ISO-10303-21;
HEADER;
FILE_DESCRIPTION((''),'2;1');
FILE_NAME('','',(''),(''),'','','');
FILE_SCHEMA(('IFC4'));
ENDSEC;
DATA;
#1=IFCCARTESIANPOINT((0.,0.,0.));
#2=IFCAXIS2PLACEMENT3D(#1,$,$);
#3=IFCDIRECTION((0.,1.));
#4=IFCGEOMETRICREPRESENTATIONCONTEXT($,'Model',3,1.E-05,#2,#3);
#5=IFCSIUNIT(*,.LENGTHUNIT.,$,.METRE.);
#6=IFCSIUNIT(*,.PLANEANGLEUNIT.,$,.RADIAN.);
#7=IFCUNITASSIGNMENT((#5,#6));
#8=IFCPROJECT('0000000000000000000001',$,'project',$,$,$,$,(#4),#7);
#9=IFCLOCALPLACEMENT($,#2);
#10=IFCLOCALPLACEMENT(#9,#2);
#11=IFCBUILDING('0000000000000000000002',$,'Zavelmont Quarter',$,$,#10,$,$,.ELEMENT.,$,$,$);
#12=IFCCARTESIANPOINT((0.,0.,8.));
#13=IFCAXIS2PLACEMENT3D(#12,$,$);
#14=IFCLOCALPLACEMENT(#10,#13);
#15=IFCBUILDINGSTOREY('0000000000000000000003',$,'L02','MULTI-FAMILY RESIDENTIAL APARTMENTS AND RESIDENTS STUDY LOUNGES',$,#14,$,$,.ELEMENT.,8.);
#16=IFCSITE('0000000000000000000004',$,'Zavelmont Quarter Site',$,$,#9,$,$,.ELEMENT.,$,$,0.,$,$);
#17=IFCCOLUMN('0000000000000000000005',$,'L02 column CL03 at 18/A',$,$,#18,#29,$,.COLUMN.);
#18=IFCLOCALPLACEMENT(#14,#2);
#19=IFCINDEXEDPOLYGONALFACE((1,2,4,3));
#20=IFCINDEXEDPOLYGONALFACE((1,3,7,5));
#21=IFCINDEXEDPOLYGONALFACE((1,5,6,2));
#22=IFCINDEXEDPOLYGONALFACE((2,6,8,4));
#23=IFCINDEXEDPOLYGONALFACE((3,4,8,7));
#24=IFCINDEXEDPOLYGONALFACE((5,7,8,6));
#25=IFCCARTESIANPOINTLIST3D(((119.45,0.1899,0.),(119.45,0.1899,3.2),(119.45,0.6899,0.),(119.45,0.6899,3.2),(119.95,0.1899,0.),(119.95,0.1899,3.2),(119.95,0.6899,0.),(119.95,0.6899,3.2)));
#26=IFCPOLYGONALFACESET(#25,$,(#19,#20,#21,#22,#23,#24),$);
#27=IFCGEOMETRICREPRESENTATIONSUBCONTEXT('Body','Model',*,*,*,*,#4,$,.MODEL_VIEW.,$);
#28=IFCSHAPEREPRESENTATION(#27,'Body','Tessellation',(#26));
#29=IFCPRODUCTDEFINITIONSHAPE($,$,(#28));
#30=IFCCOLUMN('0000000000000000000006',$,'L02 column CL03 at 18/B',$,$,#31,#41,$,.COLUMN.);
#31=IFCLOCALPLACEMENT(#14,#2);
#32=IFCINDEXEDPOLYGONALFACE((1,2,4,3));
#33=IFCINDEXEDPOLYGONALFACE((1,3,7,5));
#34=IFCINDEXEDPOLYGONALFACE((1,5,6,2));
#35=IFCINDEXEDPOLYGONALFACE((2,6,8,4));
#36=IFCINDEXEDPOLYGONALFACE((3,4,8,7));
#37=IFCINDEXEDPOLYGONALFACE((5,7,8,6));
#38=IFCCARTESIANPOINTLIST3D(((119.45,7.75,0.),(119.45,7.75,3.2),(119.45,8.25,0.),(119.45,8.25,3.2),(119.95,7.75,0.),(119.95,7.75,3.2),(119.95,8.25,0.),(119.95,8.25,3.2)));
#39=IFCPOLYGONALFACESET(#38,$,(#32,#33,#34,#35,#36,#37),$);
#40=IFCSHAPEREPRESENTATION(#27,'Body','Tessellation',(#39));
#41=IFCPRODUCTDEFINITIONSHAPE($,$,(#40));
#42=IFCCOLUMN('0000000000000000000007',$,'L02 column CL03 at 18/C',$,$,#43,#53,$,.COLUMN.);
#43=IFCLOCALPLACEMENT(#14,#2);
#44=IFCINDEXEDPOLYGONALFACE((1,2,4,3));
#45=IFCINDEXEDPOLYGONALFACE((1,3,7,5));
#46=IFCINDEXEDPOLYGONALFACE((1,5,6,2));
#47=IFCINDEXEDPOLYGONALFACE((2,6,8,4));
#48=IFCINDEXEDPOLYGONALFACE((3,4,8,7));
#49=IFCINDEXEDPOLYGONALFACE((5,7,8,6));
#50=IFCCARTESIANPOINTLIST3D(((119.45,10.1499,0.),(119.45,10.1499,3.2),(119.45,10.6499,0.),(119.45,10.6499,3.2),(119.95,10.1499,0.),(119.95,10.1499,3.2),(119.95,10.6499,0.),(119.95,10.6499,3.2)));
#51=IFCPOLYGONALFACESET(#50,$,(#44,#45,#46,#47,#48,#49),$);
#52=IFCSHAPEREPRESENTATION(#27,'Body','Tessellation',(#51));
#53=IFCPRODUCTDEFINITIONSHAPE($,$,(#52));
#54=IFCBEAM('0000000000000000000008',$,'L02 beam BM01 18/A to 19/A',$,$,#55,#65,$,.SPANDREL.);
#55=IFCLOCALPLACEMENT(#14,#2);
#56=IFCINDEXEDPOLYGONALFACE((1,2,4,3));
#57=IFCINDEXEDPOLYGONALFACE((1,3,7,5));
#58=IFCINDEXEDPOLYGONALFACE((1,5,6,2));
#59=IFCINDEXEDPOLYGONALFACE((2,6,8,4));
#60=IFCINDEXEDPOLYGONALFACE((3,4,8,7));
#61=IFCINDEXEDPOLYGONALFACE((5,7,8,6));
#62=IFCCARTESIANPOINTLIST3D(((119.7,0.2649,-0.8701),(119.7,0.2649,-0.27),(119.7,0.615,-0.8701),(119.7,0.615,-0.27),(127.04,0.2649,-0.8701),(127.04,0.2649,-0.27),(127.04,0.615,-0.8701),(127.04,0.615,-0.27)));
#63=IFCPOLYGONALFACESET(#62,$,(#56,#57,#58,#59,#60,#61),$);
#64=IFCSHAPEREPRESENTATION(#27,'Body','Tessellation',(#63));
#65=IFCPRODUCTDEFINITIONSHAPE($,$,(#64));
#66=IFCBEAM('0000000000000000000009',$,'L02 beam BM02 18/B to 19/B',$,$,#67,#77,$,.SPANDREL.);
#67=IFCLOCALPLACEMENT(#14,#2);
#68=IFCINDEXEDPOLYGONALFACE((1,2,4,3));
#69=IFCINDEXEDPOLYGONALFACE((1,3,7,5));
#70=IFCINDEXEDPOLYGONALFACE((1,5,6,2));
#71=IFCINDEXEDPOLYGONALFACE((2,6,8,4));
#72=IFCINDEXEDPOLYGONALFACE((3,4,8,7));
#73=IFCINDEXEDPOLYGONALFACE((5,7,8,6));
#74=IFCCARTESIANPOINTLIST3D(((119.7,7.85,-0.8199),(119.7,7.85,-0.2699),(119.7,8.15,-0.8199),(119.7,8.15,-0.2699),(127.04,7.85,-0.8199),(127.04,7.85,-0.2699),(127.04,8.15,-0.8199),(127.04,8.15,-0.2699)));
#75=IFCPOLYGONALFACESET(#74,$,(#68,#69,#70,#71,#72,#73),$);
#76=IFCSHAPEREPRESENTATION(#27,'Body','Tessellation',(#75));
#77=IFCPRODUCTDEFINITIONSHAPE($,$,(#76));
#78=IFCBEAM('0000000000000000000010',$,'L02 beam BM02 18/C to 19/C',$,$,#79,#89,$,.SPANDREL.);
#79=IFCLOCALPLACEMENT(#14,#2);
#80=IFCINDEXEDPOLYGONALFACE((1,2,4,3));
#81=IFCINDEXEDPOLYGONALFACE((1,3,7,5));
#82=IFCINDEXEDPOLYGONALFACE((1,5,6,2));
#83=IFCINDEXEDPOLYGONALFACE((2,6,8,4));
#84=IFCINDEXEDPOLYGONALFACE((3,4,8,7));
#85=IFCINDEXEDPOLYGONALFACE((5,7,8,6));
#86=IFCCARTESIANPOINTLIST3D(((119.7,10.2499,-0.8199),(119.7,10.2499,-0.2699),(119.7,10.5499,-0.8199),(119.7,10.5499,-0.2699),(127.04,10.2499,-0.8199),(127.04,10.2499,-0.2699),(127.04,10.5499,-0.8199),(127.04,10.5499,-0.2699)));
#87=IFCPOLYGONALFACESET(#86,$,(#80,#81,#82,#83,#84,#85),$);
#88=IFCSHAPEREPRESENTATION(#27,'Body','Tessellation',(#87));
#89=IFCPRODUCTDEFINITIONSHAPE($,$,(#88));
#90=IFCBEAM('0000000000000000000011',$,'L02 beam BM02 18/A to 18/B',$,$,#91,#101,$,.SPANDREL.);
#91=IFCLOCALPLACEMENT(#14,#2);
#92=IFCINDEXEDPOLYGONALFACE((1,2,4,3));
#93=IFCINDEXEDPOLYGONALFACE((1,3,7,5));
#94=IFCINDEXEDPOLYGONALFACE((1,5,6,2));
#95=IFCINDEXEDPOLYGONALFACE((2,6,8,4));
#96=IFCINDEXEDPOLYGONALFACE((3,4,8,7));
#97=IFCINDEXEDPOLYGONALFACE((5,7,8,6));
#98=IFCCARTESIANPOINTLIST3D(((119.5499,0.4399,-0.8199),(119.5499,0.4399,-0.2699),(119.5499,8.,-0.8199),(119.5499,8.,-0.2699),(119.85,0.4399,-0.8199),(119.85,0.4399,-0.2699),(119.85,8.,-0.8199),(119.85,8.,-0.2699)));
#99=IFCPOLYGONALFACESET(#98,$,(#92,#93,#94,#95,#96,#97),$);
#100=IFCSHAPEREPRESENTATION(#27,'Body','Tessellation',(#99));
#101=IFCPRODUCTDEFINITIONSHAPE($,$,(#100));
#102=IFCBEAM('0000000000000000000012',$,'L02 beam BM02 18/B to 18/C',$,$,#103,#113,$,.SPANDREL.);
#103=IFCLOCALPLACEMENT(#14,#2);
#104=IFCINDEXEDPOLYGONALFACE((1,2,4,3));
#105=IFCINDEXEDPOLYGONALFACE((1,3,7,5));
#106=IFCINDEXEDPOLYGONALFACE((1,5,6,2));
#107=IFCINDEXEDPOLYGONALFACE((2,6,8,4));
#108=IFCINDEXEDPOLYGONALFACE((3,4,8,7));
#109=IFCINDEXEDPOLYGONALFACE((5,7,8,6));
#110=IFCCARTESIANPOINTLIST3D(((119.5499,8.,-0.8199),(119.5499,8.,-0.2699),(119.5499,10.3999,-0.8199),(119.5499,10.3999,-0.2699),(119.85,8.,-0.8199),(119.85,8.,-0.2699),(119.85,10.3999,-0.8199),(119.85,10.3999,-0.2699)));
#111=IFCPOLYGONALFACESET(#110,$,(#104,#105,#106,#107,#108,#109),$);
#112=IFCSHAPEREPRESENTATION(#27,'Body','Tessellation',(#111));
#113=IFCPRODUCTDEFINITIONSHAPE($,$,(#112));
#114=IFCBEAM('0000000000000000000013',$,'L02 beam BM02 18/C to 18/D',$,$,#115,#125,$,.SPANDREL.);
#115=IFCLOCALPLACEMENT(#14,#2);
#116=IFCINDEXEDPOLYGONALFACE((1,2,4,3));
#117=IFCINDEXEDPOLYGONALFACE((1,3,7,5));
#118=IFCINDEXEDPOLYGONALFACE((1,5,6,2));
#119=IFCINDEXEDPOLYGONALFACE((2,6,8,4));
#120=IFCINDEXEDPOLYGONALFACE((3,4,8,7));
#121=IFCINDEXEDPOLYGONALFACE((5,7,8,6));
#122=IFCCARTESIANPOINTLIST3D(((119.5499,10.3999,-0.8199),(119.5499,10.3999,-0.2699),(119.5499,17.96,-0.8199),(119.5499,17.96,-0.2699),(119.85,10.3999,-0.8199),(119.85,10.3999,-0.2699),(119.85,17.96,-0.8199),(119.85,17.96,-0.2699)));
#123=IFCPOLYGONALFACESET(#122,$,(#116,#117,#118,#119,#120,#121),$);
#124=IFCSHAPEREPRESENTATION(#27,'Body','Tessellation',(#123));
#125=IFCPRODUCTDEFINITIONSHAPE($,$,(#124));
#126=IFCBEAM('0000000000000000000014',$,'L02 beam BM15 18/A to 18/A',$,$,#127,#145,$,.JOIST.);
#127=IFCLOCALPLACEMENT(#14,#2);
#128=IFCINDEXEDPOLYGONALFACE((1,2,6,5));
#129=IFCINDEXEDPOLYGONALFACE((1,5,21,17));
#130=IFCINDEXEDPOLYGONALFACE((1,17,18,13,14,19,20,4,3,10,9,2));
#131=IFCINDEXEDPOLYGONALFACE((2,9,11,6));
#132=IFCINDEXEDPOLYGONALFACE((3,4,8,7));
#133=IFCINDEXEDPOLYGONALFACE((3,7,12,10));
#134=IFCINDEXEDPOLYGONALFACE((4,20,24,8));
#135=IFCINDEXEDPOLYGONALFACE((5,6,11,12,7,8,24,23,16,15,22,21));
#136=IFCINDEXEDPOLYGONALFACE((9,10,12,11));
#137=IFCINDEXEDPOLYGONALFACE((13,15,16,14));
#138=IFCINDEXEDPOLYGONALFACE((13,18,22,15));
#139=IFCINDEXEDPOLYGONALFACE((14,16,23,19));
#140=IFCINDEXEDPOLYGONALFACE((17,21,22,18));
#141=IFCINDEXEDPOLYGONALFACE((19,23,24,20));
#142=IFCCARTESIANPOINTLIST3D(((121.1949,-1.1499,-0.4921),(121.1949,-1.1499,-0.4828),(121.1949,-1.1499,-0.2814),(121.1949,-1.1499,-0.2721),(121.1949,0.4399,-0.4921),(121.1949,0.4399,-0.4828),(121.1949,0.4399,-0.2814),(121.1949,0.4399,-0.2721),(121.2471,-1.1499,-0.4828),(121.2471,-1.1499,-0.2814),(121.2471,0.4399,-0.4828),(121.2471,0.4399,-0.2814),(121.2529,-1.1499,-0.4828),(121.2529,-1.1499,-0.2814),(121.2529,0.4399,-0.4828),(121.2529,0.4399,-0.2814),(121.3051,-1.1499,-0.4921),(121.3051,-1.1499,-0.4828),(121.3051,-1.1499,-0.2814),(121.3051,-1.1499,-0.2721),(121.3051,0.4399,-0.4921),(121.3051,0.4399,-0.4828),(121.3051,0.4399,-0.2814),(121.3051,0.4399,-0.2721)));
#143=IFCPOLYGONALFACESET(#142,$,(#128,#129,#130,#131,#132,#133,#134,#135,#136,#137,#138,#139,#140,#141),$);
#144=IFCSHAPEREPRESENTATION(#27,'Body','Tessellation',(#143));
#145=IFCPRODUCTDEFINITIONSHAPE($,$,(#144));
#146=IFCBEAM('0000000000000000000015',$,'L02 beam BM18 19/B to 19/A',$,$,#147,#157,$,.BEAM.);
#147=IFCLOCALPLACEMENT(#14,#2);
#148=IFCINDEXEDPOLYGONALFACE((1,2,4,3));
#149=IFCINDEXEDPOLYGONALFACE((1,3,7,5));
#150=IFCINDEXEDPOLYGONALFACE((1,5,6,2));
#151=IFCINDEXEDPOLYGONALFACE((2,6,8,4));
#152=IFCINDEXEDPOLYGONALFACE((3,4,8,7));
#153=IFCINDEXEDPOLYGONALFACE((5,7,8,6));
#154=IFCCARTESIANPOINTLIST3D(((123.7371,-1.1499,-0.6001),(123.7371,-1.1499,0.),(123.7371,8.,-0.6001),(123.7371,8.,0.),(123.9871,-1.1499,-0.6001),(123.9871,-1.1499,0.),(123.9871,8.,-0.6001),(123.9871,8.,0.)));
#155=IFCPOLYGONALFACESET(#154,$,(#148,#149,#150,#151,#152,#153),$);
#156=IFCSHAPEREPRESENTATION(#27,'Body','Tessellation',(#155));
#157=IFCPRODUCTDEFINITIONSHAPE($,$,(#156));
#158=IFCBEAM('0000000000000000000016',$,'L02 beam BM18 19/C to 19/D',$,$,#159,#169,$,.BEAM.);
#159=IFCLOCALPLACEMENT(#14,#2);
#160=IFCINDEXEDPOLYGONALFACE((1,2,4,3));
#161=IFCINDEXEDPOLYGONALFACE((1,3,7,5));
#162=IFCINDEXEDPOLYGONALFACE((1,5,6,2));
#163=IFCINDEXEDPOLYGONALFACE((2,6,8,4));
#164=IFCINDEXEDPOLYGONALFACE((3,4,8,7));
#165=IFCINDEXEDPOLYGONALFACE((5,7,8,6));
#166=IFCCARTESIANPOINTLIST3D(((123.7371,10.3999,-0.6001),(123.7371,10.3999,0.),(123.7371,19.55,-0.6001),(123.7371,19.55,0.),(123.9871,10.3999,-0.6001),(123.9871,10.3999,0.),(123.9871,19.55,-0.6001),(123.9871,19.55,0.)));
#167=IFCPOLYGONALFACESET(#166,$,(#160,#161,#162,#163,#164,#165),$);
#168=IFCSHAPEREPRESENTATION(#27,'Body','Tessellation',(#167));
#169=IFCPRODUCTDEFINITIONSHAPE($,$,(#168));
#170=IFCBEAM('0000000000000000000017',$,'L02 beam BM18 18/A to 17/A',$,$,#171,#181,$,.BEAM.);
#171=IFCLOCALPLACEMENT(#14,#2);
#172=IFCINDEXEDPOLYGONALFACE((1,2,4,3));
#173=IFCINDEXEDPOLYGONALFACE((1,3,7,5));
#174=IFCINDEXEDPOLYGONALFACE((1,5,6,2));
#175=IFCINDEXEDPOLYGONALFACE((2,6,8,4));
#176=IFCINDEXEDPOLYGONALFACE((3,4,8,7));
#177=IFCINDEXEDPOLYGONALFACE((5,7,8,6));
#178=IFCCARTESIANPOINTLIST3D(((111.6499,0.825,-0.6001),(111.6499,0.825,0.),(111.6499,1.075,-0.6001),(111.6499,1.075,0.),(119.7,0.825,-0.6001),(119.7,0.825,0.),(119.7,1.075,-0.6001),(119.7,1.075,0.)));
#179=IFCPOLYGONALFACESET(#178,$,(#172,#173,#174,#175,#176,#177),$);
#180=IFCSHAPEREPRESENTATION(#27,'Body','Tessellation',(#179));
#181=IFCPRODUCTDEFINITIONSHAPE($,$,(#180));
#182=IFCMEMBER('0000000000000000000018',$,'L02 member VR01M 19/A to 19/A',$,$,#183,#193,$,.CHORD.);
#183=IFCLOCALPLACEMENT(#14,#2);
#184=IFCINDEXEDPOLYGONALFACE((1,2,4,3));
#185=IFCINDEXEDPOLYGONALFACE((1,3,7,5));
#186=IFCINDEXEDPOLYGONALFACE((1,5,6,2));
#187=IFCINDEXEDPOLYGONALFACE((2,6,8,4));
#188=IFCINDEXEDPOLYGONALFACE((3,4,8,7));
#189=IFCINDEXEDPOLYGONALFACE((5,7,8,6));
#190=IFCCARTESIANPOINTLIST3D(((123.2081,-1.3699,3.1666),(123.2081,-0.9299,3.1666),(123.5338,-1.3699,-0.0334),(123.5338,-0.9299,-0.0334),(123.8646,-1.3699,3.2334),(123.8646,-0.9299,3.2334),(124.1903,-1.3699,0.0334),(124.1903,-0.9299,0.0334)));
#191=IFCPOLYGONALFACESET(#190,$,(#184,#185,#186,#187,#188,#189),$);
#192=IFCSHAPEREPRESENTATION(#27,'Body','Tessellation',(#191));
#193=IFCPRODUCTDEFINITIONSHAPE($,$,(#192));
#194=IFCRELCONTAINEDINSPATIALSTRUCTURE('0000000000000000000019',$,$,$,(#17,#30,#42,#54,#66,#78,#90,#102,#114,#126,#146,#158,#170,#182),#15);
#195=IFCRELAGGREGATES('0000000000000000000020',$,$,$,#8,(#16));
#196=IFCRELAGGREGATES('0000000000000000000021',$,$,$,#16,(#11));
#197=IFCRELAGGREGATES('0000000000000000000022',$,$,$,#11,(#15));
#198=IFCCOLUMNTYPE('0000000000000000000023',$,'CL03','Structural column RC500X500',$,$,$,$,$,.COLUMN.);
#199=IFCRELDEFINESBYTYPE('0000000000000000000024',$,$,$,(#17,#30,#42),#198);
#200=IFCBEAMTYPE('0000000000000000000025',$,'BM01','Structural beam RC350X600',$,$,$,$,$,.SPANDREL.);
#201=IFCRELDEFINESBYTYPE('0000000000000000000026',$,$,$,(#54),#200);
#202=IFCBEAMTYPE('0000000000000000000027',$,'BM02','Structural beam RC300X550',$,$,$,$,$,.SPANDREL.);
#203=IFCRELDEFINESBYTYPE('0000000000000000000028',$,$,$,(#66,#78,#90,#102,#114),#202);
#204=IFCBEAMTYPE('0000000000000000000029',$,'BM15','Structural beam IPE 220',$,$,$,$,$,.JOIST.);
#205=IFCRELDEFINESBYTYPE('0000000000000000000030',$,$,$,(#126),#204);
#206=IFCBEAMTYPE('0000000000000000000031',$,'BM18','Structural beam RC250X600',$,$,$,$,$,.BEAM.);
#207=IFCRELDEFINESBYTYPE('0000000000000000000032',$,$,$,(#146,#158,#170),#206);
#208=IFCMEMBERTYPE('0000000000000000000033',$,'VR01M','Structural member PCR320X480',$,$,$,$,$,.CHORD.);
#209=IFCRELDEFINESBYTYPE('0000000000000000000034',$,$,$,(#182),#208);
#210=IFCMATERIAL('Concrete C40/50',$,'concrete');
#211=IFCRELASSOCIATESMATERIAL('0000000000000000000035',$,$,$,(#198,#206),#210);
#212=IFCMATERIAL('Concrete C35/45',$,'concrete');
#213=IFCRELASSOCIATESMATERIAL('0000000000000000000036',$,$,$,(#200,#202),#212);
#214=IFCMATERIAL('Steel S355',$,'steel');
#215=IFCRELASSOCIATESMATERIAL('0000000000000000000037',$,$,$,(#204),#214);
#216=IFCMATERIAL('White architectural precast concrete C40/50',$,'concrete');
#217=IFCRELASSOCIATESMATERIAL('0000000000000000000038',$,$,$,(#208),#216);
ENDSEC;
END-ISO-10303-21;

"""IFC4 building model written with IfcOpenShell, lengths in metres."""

from ifc_helpers import new_model, si_unit, direction, frame, origin, origin_2d, place, context, subcontext, project, spatial, rectangle, i_section, extrude, material, material_profile, profile_set, type_object, element, save


model = new_model("IFC4")

# Units and contexts
model_context = context("Model", 3, precision=1e-05, world=origin(), true_north=direction((0.0, 1.0)))
body_context = subcontext(model_context, "Body", "Model", "MODEL_VIEW")
ifc_project = project(units=[si_unit("LENGTHUNIT", "METRE"), si_unit("PLANEANGLEUNIT", "RADIAN")], contexts=[model_context])

# Site, building, storey
site_placement = place(None, origin())
site = spatial("IfcSite", under=ifc_project, at=site_placement, Name="Zavelmont Quarter Site", CompositionType="ELEMENT", RefElevation=0.0)
building_placement = place(site_placement, origin())
building = spatial("IfcBuilding", under=site, at=building_placement, Name="Zavelmont Quarter", CompositionType="ELEMENT")
storey_placement = place(building_placement, frame((0.0, 0.0, 8.0)))
storey = spatial("IfcBuildingStorey", under=building, at=storey_placement, Name="L02", Description="MULTI-FAMILY RESIDENTIAL APARTMENTS AND RESIDENTS STUDY LOUNGES", CompositionType="ELEMENT", Elevation=8.0)

# Columns
ifc_material_1 = material(Name="Concrete C40/50", Category="concrete")
ifc_material_profile_1 = material_profile(ifc_material_1, rectangle(XDim=0.5, YDim=0.5, at=origin_2d()), Name="RC500X500")
ifc_profile_set_1 = profile_set([ifc_material_profile_1], Name="Concrete C40/50")
column_type = type_object("IfcColumnType", Name="CL03", Description="Structural column RC500X500", PredefinedType="COLUMN", material=ifc_profile_set_1)
for number, where, z_axis, x_axis, name in (
    (1, (119.7, 0.4399, 0.0), (0.0, 0.0, 1.0), (1.0, 0.0, 0.0), "L02 column CL03 at 18/A"),
    (2, (119.7, 8.0, 0.0), (0.0, 0.0, 1.0), (1.0, 0.0, 0.0), "L02 column CL03 at 18/B"),
    (3, (119.7, 10.3999, 0.0), (0.0, 0.0, 1.0), (1.0, 0.0, 0.0), "L02 column CL03 at 18/C"),
):
    element("IfcColumn", number, at=place(storey_placement, frame(where, z_axis=z_axis, x_axis=x_axis)), inside=storey, type_object=column_type, Name=name, PredefinedType="COLUMN", context=body_context, shape_type="SweptSolid", body=[
        extrude(rectangle(XDim=0.5, YDim=0.5, at=origin_2d()), origin(), (0.0, 0.0, 1.0), 3.2),
    ])

# Beams
ifc_material_2 = material(Name="Concrete C35/45", Category="concrete")
ifc_material_profile_2 = material_profile(ifc_material_2, rectangle(XDim=0.3501, YDim=0.6001, at=origin_2d()), Name="RC350X600")
ifc_profile_set_2 = profile_set([ifc_material_profile_2], Name="Concrete C35/45")
beam_type_1 = type_object("IfcBeamType", Name="BM01", Description="Structural beam RC350X600", PredefinedType="SPANDREL", material=ifc_profile_set_2)
beam_1_placement = place(storey_placement, frame((119.7, 0.4399, -0.5701), z_axis=(1.0, 0.0, 0.0), x_axis=(0.0, 1.0, 0.0)))
element("IfcBeam", 4, at=beam_1_placement, inside=storey, type_object=beam_type_1, Name="L02 beam BM01 18/A to 19/A", PredefinedType="SPANDREL", context=body_context, shape_type="SweptSolid", body=[
    extrude(rectangle(XDim=0.3501, YDim=0.6001, at=origin_2d()), origin(), (0.0, 0.0, 1.0), 7.3401),
])
ifc_material_profile_3 = material_profile(ifc_material_2, rectangle(XDim=0.3, YDim=0.55, at=origin_2d()), Name="RC300X550")
ifc_profile_set_3 = profile_set([ifc_material_profile_3], Name="Concrete C35/45")
beam_type_2 = type_object("IfcBeamType", Name="BM02", Description="Structural beam RC300X550", PredefinedType="SPANDREL", material=ifc_profile_set_3)
for number, where, z_axis, x_axis, name in (
    (5, (119.7, 8.0, -0.5449), (1.0, 0.0, 0.0), (0.0, 1.0, 0.0), "L02 beam BM02 18/B to 19/B"),
    (6, (119.7, 10.3999, -0.5449), (1.0, 0.0, 0.0), (0.0, 1.0, 0.0), "L02 beam BM02 18/C to 19/C"),
):
    element("IfcBeam", number, at=place(storey_placement, frame(where, z_axis=z_axis, x_axis=x_axis)), inside=storey, type_object=beam_type_2, Name=name, PredefinedType="SPANDREL", context=body_context, shape_type="SweptSolid", body=[
        extrude(rectangle(XDim=0.3, YDim=0.55, at=origin_2d()), origin(), (0.0, 0.0, 1.0), 7.3401),
    ])
beam_2_placement = place(storey_placement, frame((119.7, 0.4399, -0.5449), z_axis=(0.0, 1.0, 0.0), x_axis=(-1.0, 0.0, 0.0)))
element("IfcBeam", 7, at=beam_2_placement, inside=storey, type_object=beam_type_2, Name="L02 beam BM02 18/A to 18/B", PredefinedType="SPANDREL", context=body_context, shape_type="SweptSolid", body=[
    extrude(rectangle(XDim=0.3, YDim=0.55, at=origin_2d()), origin(), (0.0, 0.0, 1.0), 7.5601),
])
beam_3_placement = place(storey_placement, frame((119.7, 8.0, -0.5449), z_axis=(0.0, 1.0, 0.0), x_axis=(-1.0, 0.0, 0.0)))
element("IfcBeam", 8, at=beam_3_placement, inside=storey, type_object=beam_type_2, Name="L02 beam BM02 18/B to 18/C", PredefinedType="SPANDREL", context=body_context, shape_type="SweptSolid", body=[
    extrude(rectangle(XDim=0.3, YDim=0.55, at=origin_2d()), origin(), (0.0, 0.0, 1.0), 2.3999),
])
beam_4_placement = place(storey_placement, frame((119.7, 10.3999, -0.5449), z_axis=(0.0, 1.0, 0.0), x_axis=(-1.0, 0.0, 0.0)))
element("IfcBeam", 9, at=beam_4_placement, inside=storey, type_object=beam_type_2, Name="L02 beam BM02 18/C to 18/D", PredefinedType="SPANDREL", context=body_context, shape_type="SweptSolid", body=[
    extrude(rectangle(XDim=0.3, YDim=0.55, at=origin_2d()), origin(), (0.0, 0.0, 1.0), 7.5601),
])
ifc_material_3 = material(Name="Steel S355", Category="steel")
ifc_material_profile_4 = material_profile(ifc_material_3, i_section(OverallWidth=0.1101, OverallDepth=0.22, WebThickness=0.0059, FlangeThickness=0.0093, at=origin_2d()), Name="IPE 220")
ifc_profile_set_4 = profile_set([ifc_material_profile_4], Name="Steel S355")
beam_type_3 = type_object("IfcBeamType", Name="BM15", Description="Structural beam IPE 220", PredefinedType="JOIST", material=ifc_profile_set_4)
beam_5_placement = place(storey_placement, frame((121.25, 0.4399, -0.3821), z_axis=(0.0, -1.0, 0.0), x_axis=(1.0, 0.0, 0.0)))
element("IfcBeam", 10, at=beam_5_placement, inside=storey, type_object=beam_type_3, Name="L02 beam BM15 18/A to 18/A", PredefinedType="JOIST", context=body_context, shape_type="SweptSolid", body=[
    extrude(i_section(OverallWidth=0.1101, OverallDepth=0.22, WebThickness=0.0059, FlangeThickness=0.0093, at=origin_2d()), origin(), (0.0, 0.0, 1.0), 1.5898),
])
ifc_material_profile_5 = material_profile(ifc_material_1, rectangle(XDim=0.25, YDim=0.6001, at=origin_2d()), Name="RC250X600")
ifc_profile_set_5 = profile_set([ifc_material_profile_5], Name="Concrete C40/50")
beam_type_4 = type_object("IfcBeamType", Name="BM18", Description="Structural beam RC250X600", PredefinedType="BEAM", material=ifc_profile_set_5)
beam_6_placement = place(storey_placement, frame((123.8621, 8.0, -0.3), z_axis=(0.0, -1.0, 0.0), x_axis=(1.0, 0.0, 0.0)))
element("IfcBeam", 11, at=beam_6_placement, inside=storey, type_object=beam_type_4, Name="L02 beam BM18 19/B to 19/A", PredefinedType="BEAM", context=body_context, shape_type="SweptSolid", body=[
    extrude(rectangle(XDim=0.25, YDim=0.6001, at=origin_2d()), origin(), (0.0, 0.0, 1.0), 9.1499),
])
beam_7_placement = place(storey_placement, frame((123.8621, 10.3999, -0.3), z_axis=(0.0, 1.0, 0.0), x_axis=(-1.0, 0.0, 0.0)))
element("IfcBeam", 12, at=beam_7_placement, inside=storey, type_object=beam_type_4, Name="L02 beam BM18 19/C to 19/D", PredefinedType="BEAM", context=body_context, shape_type="SweptSolid", body=[
    extrude(rectangle(XDim=0.25, YDim=0.6001, at=origin_2d()), origin(), (0.0, 0.0, 1.0), 9.1501),
])
beam_8_placement = place(storey_placement, frame((119.7, 0.95, -0.3), z_axis=(-1.0, 0.0, 0.0), x_axis=(0.0, -1.0, 0.0)))
element("IfcBeam", 13, at=beam_8_placement, inside=storey, type_object=beam_type_4, Name="L02 beam BM18 18/A to 17/A", PredefinedType="BEAM", context=body_context, shape_type="SweptSolid", body=[
    extrude(rectangle(XDim=0.25, YDim=0.6001, at=origin_2d()), origin(), (0.0, 0.0, 1.0), 8.05),
])

# Member
ifc_material_4 = material(Name="White architectural precast concrete C40/50", Category="concrete")
ifc_material_profile_6 = material_profile(ifc_material_4, rectangle(XDim=0.4399, YDim=0.6599, at=origin_2d()), Name="PCR320X480")
ifc_profile_set_6 = profile_set([ifc_material_profile_6], Name="White architectural precast concrete C40/50")
member_type = type_object("IfcMemberType", Name="VR01M", Description="Structural member PCR320X480", PredefinedType="CHORD", material=ifc_profile_set_6)
member_placement = place(storey_placement, frame((123.8621, -1.1499, 0.0), z_axis=(-0.101255, 0.0, 0.994861), x_axis=(0.0, -1.0, 0.0)))
element("IfcMember", 14, at=member_placement, inside=storey, type_object=member_type, Name="L02 member VR01M 19/A to 19/A", PredefinedType="CHORD", context=body_context, shape_type="SweptSolid", body=[
    extrude(rectangle(XDim=0.4399, YDim=0.6599, at=origin_2d()), origin(), (0.0, 0.0, 1.0), 3.2166),
])

save(model, "model.ifc")
